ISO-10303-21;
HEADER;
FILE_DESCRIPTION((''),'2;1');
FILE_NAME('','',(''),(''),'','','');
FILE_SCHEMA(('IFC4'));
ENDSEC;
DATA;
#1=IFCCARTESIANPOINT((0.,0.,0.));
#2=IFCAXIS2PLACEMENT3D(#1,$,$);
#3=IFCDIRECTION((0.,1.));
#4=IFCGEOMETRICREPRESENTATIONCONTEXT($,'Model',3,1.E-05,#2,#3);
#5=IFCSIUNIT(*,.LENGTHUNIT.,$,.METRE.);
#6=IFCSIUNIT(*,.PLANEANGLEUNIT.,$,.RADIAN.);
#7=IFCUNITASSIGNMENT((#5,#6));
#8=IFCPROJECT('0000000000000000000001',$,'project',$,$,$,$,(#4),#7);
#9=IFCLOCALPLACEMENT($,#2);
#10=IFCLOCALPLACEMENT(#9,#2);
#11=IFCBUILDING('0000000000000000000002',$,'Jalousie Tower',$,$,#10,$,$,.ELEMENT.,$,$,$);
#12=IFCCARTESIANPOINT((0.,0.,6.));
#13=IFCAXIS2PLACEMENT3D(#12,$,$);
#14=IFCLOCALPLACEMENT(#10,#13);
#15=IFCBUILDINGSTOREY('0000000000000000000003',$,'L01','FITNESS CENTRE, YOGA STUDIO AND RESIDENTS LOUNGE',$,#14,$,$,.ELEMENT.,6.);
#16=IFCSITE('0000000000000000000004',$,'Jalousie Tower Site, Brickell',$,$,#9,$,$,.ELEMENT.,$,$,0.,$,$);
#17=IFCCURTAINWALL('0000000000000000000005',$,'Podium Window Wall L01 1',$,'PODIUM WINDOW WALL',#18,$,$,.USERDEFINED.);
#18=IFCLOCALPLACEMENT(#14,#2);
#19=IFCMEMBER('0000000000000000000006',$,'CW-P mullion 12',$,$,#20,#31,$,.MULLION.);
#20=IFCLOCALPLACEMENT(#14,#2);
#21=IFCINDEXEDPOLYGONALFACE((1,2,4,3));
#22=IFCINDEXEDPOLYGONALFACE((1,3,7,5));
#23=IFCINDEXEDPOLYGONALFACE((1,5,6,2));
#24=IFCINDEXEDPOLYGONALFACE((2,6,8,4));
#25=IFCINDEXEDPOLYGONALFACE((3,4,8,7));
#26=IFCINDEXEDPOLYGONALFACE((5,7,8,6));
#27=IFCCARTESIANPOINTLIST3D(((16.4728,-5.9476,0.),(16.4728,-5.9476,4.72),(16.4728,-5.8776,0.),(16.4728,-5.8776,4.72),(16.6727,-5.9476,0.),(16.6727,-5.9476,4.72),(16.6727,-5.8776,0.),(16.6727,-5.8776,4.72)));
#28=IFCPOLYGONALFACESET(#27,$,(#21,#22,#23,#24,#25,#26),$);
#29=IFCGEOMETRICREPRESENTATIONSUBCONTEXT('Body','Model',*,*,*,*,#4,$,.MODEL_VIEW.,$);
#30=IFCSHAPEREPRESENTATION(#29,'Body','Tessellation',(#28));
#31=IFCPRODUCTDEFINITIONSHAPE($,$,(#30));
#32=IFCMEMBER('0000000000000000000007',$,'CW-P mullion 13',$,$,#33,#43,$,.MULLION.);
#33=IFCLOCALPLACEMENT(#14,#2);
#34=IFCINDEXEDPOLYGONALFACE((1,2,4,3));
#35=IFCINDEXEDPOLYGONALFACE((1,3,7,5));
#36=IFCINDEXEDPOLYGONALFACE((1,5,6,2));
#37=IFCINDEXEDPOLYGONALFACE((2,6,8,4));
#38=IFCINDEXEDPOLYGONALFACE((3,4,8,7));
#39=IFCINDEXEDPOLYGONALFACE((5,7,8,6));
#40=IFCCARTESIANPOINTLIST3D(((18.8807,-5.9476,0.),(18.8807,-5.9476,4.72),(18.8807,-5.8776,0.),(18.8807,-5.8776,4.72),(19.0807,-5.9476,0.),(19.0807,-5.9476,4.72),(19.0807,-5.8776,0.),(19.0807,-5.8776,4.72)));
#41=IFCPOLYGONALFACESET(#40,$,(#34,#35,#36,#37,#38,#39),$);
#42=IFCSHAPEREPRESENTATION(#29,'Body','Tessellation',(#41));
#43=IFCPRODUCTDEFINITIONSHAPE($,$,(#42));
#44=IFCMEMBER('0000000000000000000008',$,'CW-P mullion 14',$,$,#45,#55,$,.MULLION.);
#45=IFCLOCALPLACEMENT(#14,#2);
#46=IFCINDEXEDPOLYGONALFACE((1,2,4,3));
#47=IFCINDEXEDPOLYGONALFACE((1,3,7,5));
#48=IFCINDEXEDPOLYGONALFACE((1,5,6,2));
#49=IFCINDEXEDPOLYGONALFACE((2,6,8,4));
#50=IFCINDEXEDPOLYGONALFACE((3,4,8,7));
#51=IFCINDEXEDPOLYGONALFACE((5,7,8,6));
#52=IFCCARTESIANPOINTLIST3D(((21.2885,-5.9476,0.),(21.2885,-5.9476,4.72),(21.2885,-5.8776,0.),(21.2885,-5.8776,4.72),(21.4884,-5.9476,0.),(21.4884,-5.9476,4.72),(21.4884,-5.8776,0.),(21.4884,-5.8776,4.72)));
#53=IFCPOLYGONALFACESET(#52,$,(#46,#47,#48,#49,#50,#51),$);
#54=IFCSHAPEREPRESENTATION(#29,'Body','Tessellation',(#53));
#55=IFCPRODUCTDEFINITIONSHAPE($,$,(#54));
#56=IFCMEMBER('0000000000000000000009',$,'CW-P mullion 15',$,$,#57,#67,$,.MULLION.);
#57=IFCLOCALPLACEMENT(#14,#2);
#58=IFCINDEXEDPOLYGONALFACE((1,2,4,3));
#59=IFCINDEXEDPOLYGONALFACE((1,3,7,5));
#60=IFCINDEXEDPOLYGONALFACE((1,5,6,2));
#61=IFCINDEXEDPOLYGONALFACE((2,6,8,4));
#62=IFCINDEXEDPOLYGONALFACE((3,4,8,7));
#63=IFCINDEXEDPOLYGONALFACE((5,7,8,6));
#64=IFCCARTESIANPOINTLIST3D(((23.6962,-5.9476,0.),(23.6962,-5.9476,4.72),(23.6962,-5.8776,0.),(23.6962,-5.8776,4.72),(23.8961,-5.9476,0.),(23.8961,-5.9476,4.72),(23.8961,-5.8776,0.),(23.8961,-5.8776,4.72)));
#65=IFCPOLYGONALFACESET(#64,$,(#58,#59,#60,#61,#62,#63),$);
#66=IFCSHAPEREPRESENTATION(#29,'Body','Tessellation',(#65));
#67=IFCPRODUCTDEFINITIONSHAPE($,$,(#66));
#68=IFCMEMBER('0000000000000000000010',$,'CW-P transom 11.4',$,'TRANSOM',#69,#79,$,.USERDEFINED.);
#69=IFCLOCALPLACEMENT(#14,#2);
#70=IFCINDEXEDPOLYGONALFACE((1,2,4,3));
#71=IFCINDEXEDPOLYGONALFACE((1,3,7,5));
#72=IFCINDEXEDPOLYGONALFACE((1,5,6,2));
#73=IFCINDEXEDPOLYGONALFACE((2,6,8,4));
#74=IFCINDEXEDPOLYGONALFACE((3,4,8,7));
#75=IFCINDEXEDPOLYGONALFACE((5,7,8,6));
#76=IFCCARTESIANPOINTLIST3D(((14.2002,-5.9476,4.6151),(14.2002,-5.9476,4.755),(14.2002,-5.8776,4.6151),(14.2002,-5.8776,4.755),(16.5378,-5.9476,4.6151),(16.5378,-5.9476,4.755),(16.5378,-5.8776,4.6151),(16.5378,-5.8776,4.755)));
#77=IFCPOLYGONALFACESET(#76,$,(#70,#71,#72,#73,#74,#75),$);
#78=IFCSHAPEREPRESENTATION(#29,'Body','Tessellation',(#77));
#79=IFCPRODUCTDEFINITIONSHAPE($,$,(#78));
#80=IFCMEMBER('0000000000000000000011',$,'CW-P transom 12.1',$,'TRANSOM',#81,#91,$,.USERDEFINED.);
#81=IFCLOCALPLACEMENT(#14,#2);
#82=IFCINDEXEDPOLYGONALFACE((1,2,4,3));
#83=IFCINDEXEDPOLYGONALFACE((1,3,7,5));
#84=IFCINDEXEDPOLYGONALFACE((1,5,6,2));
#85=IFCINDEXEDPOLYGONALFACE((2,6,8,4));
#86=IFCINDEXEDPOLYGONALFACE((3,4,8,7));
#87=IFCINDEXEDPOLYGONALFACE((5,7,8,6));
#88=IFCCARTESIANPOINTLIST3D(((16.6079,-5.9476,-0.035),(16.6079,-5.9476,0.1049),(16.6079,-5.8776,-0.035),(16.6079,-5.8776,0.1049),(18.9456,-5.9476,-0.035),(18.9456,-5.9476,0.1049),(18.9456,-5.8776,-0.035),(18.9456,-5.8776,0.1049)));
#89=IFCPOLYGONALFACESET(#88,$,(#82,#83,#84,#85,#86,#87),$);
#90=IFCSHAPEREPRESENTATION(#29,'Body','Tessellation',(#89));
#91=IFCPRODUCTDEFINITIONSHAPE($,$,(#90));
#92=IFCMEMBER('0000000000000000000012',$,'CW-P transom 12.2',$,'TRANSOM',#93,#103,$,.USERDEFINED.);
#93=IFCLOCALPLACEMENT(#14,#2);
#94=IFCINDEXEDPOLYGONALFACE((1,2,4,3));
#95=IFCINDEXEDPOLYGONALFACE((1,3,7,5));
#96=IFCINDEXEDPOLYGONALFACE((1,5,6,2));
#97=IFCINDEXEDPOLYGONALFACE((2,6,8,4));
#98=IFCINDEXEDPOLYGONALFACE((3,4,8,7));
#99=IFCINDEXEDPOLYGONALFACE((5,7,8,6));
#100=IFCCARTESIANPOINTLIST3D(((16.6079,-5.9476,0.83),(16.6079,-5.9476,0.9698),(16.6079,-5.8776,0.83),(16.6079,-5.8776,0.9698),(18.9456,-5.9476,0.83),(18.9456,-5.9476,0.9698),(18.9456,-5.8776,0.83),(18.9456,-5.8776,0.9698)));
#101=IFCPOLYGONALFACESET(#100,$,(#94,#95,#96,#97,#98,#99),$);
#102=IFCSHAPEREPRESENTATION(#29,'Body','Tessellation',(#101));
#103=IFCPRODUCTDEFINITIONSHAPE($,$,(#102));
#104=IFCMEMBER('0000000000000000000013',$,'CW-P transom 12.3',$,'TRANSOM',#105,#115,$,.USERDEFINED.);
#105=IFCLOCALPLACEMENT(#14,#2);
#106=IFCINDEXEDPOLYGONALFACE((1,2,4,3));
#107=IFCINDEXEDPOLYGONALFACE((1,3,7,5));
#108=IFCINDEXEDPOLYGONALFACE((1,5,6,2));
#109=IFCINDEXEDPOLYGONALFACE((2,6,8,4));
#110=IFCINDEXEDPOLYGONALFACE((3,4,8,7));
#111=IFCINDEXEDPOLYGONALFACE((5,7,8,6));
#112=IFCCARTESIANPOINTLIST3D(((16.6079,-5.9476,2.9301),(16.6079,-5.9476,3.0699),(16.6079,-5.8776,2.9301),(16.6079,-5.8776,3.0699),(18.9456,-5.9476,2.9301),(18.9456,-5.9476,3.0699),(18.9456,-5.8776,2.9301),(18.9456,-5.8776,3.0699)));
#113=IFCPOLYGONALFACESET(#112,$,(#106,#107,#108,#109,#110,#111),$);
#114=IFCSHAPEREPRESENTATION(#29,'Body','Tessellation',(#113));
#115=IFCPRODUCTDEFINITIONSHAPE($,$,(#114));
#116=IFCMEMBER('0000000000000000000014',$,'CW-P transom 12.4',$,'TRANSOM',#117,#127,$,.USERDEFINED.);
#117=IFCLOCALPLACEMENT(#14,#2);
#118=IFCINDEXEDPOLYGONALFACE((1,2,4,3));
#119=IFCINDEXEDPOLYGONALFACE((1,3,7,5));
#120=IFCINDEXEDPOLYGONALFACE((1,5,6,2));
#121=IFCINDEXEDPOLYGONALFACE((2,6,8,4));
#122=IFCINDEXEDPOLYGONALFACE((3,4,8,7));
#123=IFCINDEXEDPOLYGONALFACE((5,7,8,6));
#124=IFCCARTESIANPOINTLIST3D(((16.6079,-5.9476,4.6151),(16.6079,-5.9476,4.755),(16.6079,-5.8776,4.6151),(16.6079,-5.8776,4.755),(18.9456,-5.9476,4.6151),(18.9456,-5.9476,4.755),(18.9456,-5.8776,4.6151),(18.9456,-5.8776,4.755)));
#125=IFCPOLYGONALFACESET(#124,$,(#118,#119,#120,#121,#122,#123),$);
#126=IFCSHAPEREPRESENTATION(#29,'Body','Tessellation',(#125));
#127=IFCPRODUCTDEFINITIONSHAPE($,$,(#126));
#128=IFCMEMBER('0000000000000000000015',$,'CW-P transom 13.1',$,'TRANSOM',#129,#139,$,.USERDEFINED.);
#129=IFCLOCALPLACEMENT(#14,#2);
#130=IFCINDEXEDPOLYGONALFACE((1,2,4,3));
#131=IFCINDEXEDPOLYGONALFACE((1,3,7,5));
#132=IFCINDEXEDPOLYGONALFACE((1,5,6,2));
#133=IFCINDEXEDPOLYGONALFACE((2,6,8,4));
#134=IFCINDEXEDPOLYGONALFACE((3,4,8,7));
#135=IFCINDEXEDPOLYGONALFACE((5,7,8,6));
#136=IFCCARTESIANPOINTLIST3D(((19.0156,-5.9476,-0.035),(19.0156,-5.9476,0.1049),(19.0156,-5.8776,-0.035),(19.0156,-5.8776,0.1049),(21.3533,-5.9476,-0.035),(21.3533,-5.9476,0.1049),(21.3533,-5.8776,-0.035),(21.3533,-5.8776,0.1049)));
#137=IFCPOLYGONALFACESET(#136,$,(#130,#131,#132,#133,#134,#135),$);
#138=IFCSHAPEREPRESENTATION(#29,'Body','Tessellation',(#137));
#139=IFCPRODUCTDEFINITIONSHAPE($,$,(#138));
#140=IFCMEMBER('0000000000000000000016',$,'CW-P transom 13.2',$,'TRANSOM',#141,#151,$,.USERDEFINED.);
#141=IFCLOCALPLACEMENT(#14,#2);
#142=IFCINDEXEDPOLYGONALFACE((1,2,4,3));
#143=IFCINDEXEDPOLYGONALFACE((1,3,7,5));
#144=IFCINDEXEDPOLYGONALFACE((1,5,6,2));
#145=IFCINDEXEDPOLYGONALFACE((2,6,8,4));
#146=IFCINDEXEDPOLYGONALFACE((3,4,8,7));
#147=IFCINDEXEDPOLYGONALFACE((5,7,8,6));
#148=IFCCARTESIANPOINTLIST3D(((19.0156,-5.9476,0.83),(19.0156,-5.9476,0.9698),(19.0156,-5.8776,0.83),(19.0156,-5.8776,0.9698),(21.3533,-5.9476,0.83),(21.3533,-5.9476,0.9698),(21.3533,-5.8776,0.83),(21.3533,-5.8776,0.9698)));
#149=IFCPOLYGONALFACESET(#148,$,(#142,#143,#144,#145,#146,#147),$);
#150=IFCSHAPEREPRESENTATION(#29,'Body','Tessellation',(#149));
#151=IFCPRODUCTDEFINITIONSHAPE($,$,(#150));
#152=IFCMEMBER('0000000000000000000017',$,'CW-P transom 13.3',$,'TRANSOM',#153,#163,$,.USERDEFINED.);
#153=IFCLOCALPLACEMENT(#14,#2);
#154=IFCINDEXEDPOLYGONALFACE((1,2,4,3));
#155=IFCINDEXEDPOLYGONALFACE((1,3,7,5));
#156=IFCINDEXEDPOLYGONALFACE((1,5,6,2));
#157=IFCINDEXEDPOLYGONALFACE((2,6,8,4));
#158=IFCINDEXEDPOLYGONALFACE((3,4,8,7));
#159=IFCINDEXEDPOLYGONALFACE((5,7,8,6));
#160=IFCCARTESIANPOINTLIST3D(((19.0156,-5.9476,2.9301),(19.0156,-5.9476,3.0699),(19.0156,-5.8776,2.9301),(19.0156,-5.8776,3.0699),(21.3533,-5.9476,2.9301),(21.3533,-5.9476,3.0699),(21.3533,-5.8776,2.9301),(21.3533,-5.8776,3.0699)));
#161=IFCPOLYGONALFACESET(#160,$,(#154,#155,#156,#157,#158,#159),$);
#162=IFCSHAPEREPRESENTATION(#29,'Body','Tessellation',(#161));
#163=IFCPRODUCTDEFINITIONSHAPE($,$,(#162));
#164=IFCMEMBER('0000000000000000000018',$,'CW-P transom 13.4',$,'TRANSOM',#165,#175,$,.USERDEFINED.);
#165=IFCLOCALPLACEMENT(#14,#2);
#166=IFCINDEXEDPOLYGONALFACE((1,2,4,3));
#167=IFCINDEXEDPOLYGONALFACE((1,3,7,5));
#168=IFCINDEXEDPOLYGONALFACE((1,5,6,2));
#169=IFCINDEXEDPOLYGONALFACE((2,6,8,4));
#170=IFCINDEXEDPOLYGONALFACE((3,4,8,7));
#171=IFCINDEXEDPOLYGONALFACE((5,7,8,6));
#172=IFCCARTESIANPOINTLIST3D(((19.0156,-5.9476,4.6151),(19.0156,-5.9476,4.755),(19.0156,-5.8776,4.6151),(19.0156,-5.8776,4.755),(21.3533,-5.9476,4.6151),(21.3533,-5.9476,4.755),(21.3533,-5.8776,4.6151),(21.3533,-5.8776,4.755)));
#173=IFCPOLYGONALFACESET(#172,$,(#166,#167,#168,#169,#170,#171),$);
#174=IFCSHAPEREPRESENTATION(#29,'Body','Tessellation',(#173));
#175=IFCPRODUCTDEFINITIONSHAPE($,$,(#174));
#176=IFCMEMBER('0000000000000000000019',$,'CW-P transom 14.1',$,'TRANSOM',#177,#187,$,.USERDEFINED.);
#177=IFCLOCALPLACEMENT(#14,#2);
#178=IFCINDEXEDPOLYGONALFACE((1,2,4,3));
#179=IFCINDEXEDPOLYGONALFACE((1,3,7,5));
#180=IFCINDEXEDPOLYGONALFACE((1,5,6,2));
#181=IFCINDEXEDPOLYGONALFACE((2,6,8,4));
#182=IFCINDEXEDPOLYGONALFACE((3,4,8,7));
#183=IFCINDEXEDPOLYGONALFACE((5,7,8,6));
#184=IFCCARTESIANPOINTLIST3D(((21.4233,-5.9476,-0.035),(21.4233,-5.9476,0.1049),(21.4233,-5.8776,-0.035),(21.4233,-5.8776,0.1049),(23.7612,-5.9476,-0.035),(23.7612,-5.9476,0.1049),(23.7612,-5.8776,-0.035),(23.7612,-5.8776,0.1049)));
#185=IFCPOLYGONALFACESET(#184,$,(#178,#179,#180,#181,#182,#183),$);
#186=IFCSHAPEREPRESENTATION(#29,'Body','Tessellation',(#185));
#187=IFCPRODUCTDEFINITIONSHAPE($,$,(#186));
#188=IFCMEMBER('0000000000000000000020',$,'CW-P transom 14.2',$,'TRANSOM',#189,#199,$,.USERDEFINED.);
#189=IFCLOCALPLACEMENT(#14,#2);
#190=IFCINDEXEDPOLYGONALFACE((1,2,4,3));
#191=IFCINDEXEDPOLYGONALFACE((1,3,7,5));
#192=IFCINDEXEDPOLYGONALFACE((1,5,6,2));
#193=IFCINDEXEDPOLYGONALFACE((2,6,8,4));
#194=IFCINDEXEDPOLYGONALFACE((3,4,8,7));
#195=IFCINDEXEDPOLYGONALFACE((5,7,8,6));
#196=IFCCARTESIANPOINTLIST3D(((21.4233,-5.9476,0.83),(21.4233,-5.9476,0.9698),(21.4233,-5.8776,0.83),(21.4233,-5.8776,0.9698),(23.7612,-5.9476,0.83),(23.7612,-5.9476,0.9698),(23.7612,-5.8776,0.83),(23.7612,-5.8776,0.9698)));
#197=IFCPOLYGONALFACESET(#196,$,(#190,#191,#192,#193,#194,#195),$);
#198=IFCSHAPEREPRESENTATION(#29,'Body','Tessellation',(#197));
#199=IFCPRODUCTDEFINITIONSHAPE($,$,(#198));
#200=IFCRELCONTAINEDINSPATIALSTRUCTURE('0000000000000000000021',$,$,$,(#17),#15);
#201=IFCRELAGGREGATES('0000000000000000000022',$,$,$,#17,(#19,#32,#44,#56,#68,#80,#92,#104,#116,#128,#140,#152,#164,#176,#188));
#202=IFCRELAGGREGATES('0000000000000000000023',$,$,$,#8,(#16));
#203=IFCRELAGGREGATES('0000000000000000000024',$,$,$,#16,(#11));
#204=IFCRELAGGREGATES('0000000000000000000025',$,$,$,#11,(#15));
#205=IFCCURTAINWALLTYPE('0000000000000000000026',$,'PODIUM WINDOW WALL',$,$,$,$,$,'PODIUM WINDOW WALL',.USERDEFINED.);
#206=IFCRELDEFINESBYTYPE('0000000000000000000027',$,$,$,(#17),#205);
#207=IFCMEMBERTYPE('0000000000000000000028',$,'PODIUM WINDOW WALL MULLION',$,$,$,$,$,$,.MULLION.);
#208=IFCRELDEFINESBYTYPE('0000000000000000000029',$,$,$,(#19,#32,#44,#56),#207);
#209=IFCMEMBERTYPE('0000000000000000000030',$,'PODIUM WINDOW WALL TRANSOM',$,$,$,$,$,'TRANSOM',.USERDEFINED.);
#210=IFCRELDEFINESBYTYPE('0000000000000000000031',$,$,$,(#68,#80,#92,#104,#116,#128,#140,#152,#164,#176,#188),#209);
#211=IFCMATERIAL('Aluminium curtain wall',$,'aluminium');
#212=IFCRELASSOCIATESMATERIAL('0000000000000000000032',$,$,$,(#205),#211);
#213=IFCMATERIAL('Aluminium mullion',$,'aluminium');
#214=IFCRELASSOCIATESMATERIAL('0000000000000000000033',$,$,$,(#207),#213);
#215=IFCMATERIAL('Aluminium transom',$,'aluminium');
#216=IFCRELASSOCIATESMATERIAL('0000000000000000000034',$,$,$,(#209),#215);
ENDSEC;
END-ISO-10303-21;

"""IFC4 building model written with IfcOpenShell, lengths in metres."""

from ifc_helpers import new_model, si_unit, direction, frame, origin, origin_2d, place, context, subcontext, project, spatial, rectangle, extrude, material, material_profile, profile_set, type_object, element, aggregate, save


model = new_model("IFC4")

# Units and contexts
model_context = context("Model", 3, precision=1e-05, world=origin(), true_north=direction((0.0, 1.0)))
body_context = subcontext(model_context, "Body", "Model", "MODEL_VIEW")
ifc_project = project(units=[si_unit("LENGTHUNIT", "METRE"), si_unit("PLANEANGLEUNIT", "RADIAN")], contexts=[model_context])

# Site, building, storey
site_placement = place(None, origin())
site = spatial("IfcSite", under=ifc_project, at=site_placement, Name="Jalousie Tower Site, Brickell", CompositionType="ELEMENT", RefElevation=0.0)
building_placement = place(site_placement, origin())
building = spatial("IfcBuilding", under=site, at=building_placement, Name="Jalousie Tower", CompositionType="ELEMENT")
storey_placement = place(building_placement, frame((0.0, 0.0, 6.0)))
storey = spatial("IfcBuildingStorey", under=building, at=storey_placement, Name="L01", Description="FITNESS CENTRE, YOGA STUDIO AND RESIDENTS LOUNGE", CompositionType="ELEMENT", Elevation=6.0)

# Curtain wall, members
ifc_material_1 = material(Name="Aluminium curtain wall", Category="aluminium")
curtain_wall_type = type_object("IfcCurtainWallType", Name="PODIUM WINDOW WALL", ElementType="PODIUM WINDOW WALL", PredefinedType="USERDEFINED", material=ifc_material_1)
curtain_wall_placement = place(storey_placement, origin())
curtain_wall = element("IfcCurtainWall", 1, at=curtain_wall_placement, inside=storey, type_object=curtain_wall_type, Name="Podium Window Wall L01 1", ObjectType="PODIUM WINDOW WALL", PredefinedType="USERDEFINED")
ifc_material_2 = material(Name="Aluminium mullion", Category="aluminium")
ifc_material_profile_1 = material_profile(ifc_material_2, rectangle(XDim=0.0701, YDim=0.2, at=origin_2d()), Name="MULLION 70x200")
ifc_profile_set_1 = profile_set([ifc_material_profile_1], Name="Aluminium mullion")
member_type_1 = type_object("IfcMemberType", Name="PODIUM WINDOW WALL MULLION", PredefinedType="MULLION", material=ifc_profile_set_1)
member_1_placement = place(storey_placement, frame((16.5728, -5.9126, 0.0), z_axis=(0.0, 0.0, 1.0), x_axis=(0.0, 1.0, 0.0)))
member_1 = element("IfcMember", 2, at=member_1_placement, type_object=member_type_1, Name="CW-P mullion 12", PredefinedType="MULLION", context=body_context, shape_type="SweptSolid", body=[
    extrude(rectangle(XDim=0.0701, YDim=0.2, at=origin_2d()), origin(), (0.0, 0.0, 1.0), 4.72),
])
member_2_placement = place(storey_placement, frame((18.9807, -5.9126, 0.0), z_axis=(0.0, 0.0, 1.0), x_axis=(0.0, 1.0, 0.0)))
member_2 = element("IfcMember", 3, at=member_2_placement, type_object=member_type_1, Name="CW-P mullion 13", PredefinedType="MULLION", context=body_context, shape_type="SweptSolid", body=[
    extrude(rectangle(XDim=0.0701, YDim=0.2, at=origin_2d()), origin(), (0.0, 0.0, 1.0), 4.72),
])
member_3_placement = place(storey_placement, frame((21.3884, -5.9126, 0.0), z_axis=(0.0, 0.0, 1.0), x_axis=(0.0, 1.0, 0.0)))
member_3 = element("IfcMember", 4, at=member_3_placement, type_object=member_type_1, Name="CW-P mullion 14", PredefinedType="MULLION", context=body_context, shape_type="SweptSolid", body=[
    extrude(rectangle(XDim=0.0701, YDim=0.2, at=origin_2d()), origin(), (0.0, 0.0, 1.0), 4.72),
])
member_4_placement = place(storey_placement, frame((23.7961, -5.9126, 0.0), z_axis=(0.0, 0.0, 1.0), x_axis=(0.0, 1.0, 0.0)))
member_4 = element("IfcMember", 5, at=member_4_placement, type_object=member_type_1, Name="CW-P mullion 15", PredefinedType="MULLION", context=body_context, shape_type="SweptSolid", body=[
    extrude(rectangle(XDim=0.0701, YDim=0.2, at=origin_2d()), origin(), (0.0, 0.0, 1.0), 4.72),
])
ifc_material_3 = material(Name="Aluminium transom", Category="aluminium")
ifc_material_profile_2 = material_profile(ifc_material_3, rectangle(XDim=0.0701, YDim=0.1399, at=origin_2d()), Name="TRANSOM 70x140")
ifc_profile_set_2 = profile_set([ifc_material_profile_2], Name="Aluminium transom")
member_type_2 = type_object("IfcMemberType", Name="PODIUM WINDOW WALL TRANSOM", ElementType="TRANSOM", PredefinedType="USERDEFINED", material=ifc_profile_set_2)
member_5_placement = place(storey_placement, frame((14.2002, -5.9126, 4.6851), z_axis=(1.0, 0.0, 0.0), x_axis=(0.0, 1.0, 0.0)))
member_5 = element("IfcMember", 6, at=member_5_placement, type_object=member_type_2, Name="CW-P transom 11.4", ObjectType="TRANSOM", PredefinedType="USERDEFINED", context=body_context, shape_type="SweptSolid", body=[
    extrude(rectangle(XDim=0.0701, YDim=0.1399, at=origin_2d()), origin(), (0.0, 0.0, 1.0), 2.3376),
])
member_6_placement = place(storey_placement, frame((16.6079, -5.9126, 0.0349), z_axis=(1.0, 0.0, 0.0), x_axis=(0.0, 1.0, 0.0)))
member_6 = element("IfcMember", 7, at=member_6_placement, type_object=member_type_2, Name="CW-P transom 12.1", ObjectType="TRANSOM", PredefinedType="USERDEFINED", context=body_context, shape_type="SweptSolid", body=[
    extrude(rectangle(XDim=0.0701, YDim=0.1399, at=origin_2d()), origin(), (0.0, 0.0, 1.0), 2.3376),
])
member_7_placement = place(storey_placement, frame((16.6079, -5.9126, 0.8999), z_axis=(1.0, 0.0, 0.0), x_axis=(0.0, 1.0, 0.0)))
member_7 = element("IfcMember", 8, at=member_7_placement, type_object=member_type_2, Name="CW-P transom 12.2", ObjectType="TRANSOM", PredefinedType="USERDEFINED", context=body_context, shape_type="SweptSolid", body=[
    extrude(rectangle(XDim=0.0701, YDim=0.1399, at=origin_2d()), origin(), (0.0, 0.0, 1.0), 2.3376),
])
member_8_placement = place(storey_placement, frame((16.6079, -5.9126, 3.0), z_axis=(1.0, 0.0, 0.0), x_axis=(0.0, 1.0, 0.0)))
member_8 = element("IfcMember", 9, at=member_8_placement, type_object=member_type_2, Name="CW-P transom 12.3", ObjectType="TRANSOM", PredefinedType="USERDEFINED", context=body_context, shape_type="SweptSolid", body=[
    extrude(rectangle(XDim=0.0701, YDim=0.1399, at=origin_2d()), origin(), (0.0, 0.0, 1.0), 2.3376),
])
member_9_placement = place(storey_placement, frame((16.6079, -5.9126, 4.6851), z_axis=(1.0, 0.0, 0.0), x_axis=(0.0, 1.0, 0.0)))
member_9 = element("IfcMember", 10, at=member_9_placement, type_object=member_type_2, Name="CW-P transom 12.4", ObjectType="TRANSOM", PredefinedType="USERDEFINED", context=body_context, shape_type="SweptSolid", body=[
    extrude(rectangle(XDim=0.0701, YDim=0.1399, at=origin_2d()), origin(), (0.0, 0.0, 1.0), 2.3376),
])
member_10_placement = place(storey_placement, frame((19.0156, -5.9126, 0.0349), z_axis=(1.0, 0.0, 0.0), x_axis=(0.0, 1.0, 0.0)))
member_10 = element("IfcMember", 11, at=member_10_placement, type_object=member_type_2, Name="CW-P transom 13.1", ObjectType="TRANSOM", PredefinedType="USERDEFINED", context=body_context, shape_type="SweptSolid", body=[
    extrude(rectangle(XDim=0.0701, YDim=0.1399, at=origin_2d()), origin(), (0.0, 0.0, 1.0), 2.3376),
])
member_11_placement = place(storey_placement, frame((19.0156, -5.9126, 0.8999), z_axis=(1.0, 0.0, 0.0), x_axis=(0.0, 1.0, 0.0)))
member_11 = element("IfcMember", 12, at=member_11_placement, type_object=member_type_2, Name="CW-P transom 13.2", ObjectType="TRANSOM", PredefinedType="USERDEFINED", context=body_context, shape_type="SweptSolid", body=[
    extrude(rectangle(XDim=0.0701, YDim=0.1399, at=origin_2d()), origin(), (0.0, 0.0, 1.0), 2.3376),
])
member_12_placement = place(storey_placement, frame((19.0156, -5.9126, 3.0), z_axis=(1.0, 0.0, 0.0), x_axis=(0.0, 1.0, 0.0)))
member_12 = element("IfcMember", 13, at=member_12_placement, type_object=member_type_2, Name="CW-P transom 13.3", ObjectType="TRANSOM", PredefinedType="USERDEFINED", context=body_context, shape_type="SweptSolid", body=[
    extrude(rectangle(XDim=0.0701, YDim=0.1399, at=origin_2d()), origin(), (0.0, 0.0, 1.0), 2.3376),
])
member_13_placement = place(storey_placement, frame((19.0156, -5.9126, 4.6851), z_axis=(1.0, 0.0, 0.0), x_axis=(0.0, 1.0, 0.0)))
member_13 = element("IfcMember", 14, at=member_13_placement, type_object=member_type_2, Name="CW-P transom 13.4", ObjectType="TRANSOM", PredefinedType="USERDEFINED", context=body_context, shape_type="SweptSolid", body=[
    extrude(rectangle(XDim=0.0701, YDim=0.1399, at=origin_2d()), origin(), (0.0, 0.0, 1.0), 2.3376),
])
member_14_placement = place(storey_placement, frame((21.4233, -5.9126, 0.0349), z_axis=(1.0, 0.0, 0.0), x_axis=(0.0, 1.0, 0.0)))
member_14 = element("IfcMember", 15, at=member_14_placement, type_object=member_type_2, Name="CW-P transom 14.1", ObjectType="TRANSOM", PredefinedType="USERDEFINED", context=body_context, shape_type="SweptSolid", body=[
    extrude(rectangle(XDim=0.0701, YDim=0.1399, at=origin_2d()), origin(), (0.0, 0.0, 1.0), 2.3379),
])
member_15_placement = place(storey_placement, frame((21.4233, -5.9126, 0.8999), z_axis=(1.0, 0.0, 0.0), x_axis=(0.0, 1.0, 0.0)))
member_15 = element("IfcMember", 16, at=member_15_placement, type_object=member_type_2, Name="CW-P transom 14.2", ObjectType="TRANSOM", PredefinedType="USERDEFINED", context=body_context, shape_type="SweptSolid", body=[
    extrude(rectangle(XDim=0.0701, YDim=0.1399, at=origin_2d()), origin(), (0.0, 0.0, 1.0), 2.3379),
])
aggregate(curtain_wall, [member_1, member_2, member_3, member_4, member_5, member_6, member_7, member_8, member_9, member_10, member_11, member_12, member_13, member_14, member_15])

save(model, "model.ifc")
